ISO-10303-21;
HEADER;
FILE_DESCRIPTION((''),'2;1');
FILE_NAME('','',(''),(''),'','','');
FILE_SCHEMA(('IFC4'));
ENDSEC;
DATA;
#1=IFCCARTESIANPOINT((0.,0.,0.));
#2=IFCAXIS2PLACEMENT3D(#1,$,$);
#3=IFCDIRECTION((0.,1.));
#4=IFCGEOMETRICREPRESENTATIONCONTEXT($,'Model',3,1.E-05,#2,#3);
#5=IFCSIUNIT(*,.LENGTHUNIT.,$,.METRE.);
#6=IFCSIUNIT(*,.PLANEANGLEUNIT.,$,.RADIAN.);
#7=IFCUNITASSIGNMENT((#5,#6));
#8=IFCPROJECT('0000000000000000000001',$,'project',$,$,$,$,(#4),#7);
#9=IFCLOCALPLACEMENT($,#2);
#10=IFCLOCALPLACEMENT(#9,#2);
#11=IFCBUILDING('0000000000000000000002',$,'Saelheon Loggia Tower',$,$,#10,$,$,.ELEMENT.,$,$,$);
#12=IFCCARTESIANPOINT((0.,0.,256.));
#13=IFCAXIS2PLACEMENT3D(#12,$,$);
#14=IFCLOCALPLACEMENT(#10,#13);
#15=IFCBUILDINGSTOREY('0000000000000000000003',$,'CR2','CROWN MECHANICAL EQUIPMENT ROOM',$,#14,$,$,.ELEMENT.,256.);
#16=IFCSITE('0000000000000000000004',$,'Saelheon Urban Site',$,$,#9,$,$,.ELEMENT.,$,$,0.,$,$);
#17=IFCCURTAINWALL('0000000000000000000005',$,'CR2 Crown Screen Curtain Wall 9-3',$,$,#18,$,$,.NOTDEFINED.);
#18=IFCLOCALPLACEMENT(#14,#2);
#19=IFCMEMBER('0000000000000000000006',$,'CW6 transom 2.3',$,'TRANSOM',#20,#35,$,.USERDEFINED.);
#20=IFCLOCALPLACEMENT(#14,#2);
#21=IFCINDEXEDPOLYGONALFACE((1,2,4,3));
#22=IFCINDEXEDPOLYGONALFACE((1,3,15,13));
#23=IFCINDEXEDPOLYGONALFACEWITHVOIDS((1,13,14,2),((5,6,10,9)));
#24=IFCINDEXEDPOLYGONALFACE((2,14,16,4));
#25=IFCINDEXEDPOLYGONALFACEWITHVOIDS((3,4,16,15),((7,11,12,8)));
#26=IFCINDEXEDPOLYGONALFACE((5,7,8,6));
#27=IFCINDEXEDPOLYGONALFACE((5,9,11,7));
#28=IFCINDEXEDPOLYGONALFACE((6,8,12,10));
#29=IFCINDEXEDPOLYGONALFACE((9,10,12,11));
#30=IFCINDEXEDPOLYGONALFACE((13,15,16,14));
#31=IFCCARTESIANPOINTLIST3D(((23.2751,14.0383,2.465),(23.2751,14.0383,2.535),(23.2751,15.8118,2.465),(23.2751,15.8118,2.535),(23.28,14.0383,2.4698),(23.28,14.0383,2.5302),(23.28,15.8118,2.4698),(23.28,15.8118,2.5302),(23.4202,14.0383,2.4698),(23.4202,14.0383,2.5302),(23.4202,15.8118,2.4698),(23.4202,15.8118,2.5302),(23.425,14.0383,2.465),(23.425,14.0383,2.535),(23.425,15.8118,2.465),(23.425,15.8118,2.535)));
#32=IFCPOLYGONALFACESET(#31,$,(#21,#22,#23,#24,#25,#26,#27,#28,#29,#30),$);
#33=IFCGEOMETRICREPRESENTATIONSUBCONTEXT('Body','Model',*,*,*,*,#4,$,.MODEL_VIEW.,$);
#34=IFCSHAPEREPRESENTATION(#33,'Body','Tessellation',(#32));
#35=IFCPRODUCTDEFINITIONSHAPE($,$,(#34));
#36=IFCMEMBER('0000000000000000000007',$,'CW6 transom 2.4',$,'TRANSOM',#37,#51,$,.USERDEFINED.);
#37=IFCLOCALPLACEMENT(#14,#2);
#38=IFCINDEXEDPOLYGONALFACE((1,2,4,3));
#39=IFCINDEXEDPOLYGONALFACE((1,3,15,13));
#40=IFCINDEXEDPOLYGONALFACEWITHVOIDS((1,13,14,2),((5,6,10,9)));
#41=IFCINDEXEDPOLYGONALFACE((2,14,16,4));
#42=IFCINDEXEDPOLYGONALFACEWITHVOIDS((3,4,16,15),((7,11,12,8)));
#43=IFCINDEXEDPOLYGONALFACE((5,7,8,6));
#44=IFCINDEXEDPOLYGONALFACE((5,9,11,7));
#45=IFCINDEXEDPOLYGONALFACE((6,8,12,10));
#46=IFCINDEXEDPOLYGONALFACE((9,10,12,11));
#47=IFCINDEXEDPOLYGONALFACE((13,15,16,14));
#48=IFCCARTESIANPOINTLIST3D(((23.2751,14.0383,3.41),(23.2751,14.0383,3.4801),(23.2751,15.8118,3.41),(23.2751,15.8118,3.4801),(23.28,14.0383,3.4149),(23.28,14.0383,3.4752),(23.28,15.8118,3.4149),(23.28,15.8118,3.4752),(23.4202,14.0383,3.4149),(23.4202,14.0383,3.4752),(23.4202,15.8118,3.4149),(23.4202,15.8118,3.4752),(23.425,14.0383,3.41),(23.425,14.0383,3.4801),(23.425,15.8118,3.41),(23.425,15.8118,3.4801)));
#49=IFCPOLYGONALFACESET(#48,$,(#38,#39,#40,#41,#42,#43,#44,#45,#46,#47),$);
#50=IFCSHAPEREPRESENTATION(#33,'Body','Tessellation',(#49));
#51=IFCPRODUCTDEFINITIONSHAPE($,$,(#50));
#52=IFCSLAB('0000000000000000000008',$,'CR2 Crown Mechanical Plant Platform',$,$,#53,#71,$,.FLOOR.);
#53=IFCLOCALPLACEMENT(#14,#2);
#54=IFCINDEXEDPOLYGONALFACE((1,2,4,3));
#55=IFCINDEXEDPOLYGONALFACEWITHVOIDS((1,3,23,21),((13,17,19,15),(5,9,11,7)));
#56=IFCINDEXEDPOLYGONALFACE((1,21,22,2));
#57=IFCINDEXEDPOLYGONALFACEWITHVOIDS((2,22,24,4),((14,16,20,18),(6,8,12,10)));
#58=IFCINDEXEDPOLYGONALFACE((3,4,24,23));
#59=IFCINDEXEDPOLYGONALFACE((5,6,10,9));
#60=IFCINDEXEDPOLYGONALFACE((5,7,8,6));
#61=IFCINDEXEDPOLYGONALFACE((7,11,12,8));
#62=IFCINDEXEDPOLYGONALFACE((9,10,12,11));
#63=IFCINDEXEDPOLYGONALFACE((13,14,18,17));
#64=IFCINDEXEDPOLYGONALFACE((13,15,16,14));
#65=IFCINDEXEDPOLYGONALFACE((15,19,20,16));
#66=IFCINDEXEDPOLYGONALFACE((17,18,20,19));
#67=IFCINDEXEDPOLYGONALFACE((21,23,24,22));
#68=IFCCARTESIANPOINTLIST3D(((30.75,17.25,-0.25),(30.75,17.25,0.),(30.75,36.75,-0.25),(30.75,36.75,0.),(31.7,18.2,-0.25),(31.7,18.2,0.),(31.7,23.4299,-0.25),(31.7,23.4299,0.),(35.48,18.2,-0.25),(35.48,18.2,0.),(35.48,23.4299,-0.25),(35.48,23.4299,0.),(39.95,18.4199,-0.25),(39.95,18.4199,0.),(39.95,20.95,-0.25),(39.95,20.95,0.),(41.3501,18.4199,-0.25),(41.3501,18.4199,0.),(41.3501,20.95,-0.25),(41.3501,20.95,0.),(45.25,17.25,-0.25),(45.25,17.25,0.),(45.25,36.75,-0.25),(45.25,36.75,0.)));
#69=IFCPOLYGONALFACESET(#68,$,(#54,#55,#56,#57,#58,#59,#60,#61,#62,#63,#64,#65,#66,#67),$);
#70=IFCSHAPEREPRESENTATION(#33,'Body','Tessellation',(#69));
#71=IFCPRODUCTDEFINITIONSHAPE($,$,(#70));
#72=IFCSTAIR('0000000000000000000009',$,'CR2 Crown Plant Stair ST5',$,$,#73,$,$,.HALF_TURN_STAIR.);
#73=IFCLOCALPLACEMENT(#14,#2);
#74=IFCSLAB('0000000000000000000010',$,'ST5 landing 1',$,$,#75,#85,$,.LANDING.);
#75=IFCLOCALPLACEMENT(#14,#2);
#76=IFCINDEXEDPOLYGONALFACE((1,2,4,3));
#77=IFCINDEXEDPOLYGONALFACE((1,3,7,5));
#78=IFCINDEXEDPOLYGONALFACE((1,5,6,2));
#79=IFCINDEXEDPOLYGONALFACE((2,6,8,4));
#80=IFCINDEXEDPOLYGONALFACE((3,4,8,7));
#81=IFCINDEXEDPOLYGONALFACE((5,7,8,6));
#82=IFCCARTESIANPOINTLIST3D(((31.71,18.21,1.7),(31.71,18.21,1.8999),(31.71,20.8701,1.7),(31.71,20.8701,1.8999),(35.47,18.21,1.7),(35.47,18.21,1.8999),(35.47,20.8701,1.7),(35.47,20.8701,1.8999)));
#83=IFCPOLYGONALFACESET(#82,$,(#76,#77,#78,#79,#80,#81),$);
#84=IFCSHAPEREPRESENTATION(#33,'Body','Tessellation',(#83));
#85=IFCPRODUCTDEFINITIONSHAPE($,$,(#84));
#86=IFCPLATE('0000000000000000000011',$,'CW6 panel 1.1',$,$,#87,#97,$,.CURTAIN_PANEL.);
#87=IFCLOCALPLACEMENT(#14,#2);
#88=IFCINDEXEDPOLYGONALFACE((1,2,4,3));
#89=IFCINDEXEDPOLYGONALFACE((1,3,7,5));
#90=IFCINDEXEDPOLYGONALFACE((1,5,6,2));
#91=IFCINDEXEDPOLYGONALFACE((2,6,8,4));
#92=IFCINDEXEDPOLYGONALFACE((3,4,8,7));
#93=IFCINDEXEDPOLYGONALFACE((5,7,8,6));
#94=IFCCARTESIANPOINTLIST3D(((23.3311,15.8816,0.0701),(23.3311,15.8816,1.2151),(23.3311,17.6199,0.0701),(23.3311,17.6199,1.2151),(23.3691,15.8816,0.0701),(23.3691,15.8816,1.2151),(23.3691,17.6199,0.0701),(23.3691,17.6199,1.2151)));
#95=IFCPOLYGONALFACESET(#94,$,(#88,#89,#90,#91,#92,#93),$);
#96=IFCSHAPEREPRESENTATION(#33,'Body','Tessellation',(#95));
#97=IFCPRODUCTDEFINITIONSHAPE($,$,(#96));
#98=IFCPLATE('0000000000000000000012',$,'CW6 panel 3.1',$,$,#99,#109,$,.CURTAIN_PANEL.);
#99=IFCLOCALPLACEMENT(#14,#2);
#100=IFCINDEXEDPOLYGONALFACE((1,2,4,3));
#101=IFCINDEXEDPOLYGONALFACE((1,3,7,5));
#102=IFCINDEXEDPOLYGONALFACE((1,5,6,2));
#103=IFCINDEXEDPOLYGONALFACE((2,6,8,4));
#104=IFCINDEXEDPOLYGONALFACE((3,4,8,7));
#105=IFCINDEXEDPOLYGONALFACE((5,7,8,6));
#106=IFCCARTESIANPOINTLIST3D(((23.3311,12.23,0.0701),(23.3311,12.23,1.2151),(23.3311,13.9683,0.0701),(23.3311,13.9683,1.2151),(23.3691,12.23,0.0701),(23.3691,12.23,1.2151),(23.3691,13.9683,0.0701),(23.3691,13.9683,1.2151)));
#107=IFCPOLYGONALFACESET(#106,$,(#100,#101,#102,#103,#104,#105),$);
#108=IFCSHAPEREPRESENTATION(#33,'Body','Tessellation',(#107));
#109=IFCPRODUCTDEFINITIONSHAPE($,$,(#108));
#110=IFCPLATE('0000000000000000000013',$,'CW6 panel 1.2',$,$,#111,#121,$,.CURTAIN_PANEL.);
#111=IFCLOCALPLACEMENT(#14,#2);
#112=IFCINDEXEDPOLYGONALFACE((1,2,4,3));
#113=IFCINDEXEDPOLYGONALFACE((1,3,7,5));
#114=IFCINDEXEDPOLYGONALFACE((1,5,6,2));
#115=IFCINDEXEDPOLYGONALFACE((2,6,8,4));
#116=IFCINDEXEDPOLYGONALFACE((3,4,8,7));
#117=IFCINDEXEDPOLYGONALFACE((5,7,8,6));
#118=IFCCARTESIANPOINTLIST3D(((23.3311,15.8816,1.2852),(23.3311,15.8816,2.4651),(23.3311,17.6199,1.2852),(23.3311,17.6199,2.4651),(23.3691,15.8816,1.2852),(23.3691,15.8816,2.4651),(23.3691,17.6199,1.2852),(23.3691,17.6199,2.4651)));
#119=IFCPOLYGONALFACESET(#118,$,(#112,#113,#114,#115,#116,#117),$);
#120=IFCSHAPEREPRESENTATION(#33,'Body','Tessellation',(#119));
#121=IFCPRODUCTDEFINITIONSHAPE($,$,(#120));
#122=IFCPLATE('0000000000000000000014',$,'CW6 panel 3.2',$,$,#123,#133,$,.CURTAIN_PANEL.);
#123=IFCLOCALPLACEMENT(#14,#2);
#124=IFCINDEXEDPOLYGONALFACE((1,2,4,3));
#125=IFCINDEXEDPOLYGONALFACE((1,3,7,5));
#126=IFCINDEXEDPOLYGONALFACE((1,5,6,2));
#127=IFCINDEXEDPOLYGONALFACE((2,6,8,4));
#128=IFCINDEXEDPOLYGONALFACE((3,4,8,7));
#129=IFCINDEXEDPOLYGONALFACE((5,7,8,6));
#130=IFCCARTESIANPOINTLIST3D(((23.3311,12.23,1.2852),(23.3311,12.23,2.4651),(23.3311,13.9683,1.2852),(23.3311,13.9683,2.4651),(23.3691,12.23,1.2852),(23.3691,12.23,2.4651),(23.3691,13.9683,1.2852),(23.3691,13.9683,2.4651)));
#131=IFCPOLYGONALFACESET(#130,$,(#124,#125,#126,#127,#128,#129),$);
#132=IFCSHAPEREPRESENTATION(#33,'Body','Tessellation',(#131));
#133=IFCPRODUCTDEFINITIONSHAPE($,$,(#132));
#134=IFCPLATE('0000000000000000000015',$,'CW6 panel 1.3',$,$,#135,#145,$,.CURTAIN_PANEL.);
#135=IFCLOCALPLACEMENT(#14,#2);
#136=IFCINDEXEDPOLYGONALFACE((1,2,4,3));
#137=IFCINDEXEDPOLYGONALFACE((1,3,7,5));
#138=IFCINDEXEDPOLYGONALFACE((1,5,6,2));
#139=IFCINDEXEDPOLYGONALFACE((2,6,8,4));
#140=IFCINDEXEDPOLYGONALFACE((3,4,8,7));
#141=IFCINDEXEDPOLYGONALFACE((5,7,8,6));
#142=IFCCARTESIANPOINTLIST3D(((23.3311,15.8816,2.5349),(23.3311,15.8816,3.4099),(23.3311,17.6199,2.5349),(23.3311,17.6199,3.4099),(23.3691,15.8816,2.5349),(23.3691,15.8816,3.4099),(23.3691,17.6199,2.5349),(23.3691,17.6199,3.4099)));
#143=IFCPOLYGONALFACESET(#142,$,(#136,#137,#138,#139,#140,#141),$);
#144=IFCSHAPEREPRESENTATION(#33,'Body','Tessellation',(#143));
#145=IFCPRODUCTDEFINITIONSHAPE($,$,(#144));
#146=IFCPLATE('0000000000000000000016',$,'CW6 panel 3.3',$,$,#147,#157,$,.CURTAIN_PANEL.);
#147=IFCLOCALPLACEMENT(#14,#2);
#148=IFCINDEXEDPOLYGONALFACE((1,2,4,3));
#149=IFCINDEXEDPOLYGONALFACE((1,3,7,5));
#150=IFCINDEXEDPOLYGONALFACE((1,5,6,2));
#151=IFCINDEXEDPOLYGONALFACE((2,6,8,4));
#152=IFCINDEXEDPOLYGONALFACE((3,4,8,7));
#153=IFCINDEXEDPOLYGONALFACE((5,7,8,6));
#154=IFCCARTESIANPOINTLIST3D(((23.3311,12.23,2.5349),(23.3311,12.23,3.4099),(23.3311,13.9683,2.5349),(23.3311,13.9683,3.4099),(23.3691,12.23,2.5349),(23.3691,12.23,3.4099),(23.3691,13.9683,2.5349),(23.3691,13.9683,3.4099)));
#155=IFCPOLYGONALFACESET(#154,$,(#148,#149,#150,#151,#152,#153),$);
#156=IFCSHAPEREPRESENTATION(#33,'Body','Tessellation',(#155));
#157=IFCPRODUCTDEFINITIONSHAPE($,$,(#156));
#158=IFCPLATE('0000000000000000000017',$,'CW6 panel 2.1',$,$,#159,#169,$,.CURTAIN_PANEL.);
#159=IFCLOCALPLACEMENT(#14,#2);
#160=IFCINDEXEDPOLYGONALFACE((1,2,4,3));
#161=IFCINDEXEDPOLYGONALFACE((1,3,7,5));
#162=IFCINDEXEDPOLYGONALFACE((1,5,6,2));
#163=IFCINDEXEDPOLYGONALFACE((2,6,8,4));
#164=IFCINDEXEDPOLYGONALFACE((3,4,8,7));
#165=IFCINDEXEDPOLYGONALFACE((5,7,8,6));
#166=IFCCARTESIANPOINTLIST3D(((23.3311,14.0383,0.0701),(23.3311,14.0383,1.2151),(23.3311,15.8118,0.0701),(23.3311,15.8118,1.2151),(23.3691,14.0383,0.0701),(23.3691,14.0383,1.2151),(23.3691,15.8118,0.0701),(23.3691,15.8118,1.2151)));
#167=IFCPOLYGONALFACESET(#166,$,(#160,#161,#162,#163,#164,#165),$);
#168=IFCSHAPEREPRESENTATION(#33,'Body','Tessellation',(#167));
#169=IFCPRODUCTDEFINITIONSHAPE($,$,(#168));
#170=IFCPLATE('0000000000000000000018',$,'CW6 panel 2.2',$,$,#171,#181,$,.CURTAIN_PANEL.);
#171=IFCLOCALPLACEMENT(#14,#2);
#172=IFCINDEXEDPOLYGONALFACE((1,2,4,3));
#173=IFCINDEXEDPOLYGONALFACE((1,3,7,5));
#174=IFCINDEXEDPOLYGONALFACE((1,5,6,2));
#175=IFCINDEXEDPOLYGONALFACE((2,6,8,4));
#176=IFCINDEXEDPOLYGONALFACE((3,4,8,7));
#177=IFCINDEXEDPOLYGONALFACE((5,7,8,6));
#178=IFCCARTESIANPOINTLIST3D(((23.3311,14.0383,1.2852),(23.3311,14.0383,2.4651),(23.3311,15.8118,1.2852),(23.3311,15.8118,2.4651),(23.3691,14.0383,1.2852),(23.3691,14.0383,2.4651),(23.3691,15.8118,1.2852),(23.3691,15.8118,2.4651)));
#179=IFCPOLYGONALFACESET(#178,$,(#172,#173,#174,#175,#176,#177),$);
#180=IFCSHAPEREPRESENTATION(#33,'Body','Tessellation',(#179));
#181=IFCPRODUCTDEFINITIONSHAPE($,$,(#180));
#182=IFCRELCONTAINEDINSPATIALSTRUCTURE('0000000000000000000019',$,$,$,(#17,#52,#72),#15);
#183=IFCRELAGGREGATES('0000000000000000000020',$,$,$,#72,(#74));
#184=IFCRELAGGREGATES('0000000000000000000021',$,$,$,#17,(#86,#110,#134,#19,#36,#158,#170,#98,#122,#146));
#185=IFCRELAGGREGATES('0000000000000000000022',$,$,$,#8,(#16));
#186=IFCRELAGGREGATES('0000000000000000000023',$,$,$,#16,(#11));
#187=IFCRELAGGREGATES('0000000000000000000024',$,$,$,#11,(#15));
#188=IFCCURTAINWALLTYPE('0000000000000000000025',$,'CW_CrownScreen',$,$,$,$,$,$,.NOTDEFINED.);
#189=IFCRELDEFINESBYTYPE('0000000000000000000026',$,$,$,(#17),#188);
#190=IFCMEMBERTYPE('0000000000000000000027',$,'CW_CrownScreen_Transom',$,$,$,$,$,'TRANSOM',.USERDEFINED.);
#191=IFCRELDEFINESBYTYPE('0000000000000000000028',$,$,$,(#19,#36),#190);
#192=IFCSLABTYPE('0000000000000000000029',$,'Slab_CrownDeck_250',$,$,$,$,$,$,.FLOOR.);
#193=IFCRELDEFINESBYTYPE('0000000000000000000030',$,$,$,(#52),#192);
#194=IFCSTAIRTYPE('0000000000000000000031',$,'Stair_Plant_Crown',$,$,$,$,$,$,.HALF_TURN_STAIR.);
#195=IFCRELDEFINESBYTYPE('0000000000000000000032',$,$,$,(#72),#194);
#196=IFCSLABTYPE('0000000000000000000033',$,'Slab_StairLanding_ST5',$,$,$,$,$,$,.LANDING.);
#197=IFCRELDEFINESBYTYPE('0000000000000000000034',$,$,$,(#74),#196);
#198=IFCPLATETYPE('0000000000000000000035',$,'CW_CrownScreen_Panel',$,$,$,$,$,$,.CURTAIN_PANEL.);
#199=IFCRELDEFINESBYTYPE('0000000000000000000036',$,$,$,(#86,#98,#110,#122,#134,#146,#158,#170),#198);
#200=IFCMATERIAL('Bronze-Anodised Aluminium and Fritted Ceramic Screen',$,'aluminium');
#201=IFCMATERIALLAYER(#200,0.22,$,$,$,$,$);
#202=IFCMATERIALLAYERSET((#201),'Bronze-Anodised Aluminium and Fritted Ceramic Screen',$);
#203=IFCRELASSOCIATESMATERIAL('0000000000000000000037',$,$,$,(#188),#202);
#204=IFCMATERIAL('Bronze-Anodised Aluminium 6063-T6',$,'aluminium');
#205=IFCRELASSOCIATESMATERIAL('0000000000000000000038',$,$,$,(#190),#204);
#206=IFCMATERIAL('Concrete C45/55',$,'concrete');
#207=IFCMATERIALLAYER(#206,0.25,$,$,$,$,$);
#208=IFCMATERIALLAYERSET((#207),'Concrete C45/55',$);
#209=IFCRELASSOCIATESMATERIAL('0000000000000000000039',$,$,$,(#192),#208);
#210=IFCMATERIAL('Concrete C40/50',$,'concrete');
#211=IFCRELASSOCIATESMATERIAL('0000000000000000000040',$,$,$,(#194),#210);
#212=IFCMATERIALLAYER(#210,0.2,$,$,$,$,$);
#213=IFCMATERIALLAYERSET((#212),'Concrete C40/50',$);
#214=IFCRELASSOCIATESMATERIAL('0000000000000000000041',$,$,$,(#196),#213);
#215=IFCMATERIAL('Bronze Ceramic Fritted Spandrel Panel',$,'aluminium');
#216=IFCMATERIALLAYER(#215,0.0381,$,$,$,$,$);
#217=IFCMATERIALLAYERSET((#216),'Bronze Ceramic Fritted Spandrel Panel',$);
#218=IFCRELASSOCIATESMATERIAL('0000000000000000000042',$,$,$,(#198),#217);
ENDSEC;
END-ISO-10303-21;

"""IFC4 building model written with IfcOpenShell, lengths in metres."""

from ifc_helpers import new_model, si_unit, direction, frame, origin, origin_2d, place, context, subcontext, project, spatial, polyline, rectangle, hollow_rectangle, outline, extrude, source, transform, mapped, material, layer, layer_set, material_profile, profile_set, type_object, element, aggregate, save


model = new_model("IFC4")

# Units and contexts
model_context = context("Model", 3, precision=1e-05, world=origin(), true_north=direction((0.0, 1.0)))
body_context = subcontext(model_context, "Body", "Model", "MODEL_VIEW")
ifc_project = project(units=[si_unit("LENGTHUNIT", "METRE"), si_unit("PLANEANGLEUNIT", "RADIAN")], contexts=[model_context])

# Site, building, storey
site_placement = place(None, origin())
site = spatial("IfcSite", under=ifc_project, at=site_placement, Name="Saelheon Urban Site", CompositionType="ELEMENT", RefElevation=0.0)
building_placement = place(site_placement, origin())
building = spatial("IfcBuilding", under=site, at=building_placement, Name="Saelheon Loggia Tower", CompositionType="ELEMENT")
storey_placement = place(building_placement, frame((0.0, 0.0, 256.0)))
storey = spatial("IfcBuildingStorey", under=building, at=storey_placement, Name="CR2", Description="CROWN MECHANICAL EQUIPMENT ROOM", CompositionType="ELEMENT", Elevation=256.0)

# Curtain wall, members
ifc_material_1 = material(Name="Bronze-Anodised Aluminium and Fritted Ceramic Screen", Category="aluminium")
ifc_layer_1 = layer(ifc_material_1, 0.22)
ifc_layer_set_1 = layer_set([ifc_layer_1], Name="Bronze-Anodised Aluminium and Fritted Ceramic Screen")
curtain_wall_type = type_object("IfcCurtainWallType", Name="CW_CrownScreen", PredefinedType="NOTDEFINED", material=ifc_layer_set_1)
curtain_wall_placement = place(storey_placement, origin())
curtain_wall = element("IfcCurtainWall", 1, at=curtain_wall_placement, inside=storey, type_object=curtain_wall_type, Name="CR2 Crown Screen Curtain Wall 9-3", PredefinedType="NOTDEFINED")
ifc_material_2 = material(Name="Bronze-Anodised Aluminium 6063-T6", Category="aluminium")
ifc_material_profile_1 = material_profile(ifc_material_2, hollow_rectangle(XDim=0.0701, YDim=0.1499, WallThickness=0.0049, at=origin_2d()), Name="RHS-150x70x5")
ifc_profile_set_1 = profile_set([ifc_material_profile_1], Name="Bronze-Anodised Aluminium 6063-T6")
member_type_1 = type_object("IfcMemberType", Name="CW_CrownScreen_Transom", ElementType="TRANSOM", PredefinedType="USERDEFINED", material=ifc_profile_set_1)
shared_shape_1 = source(origin(), body_context, "Body", "SweptSolid", [
    extrude(hollow_rectangle(XDim=0.0701, YDim=0.1499, WallThickness=0.0049, at=origin_2d()), origin(), (0.0, 0.0, 1.0), 1.7734),
])
member_1_placement = place(storey_placement, frame((23.3501, 15.8118, 2.5), z_axis=(0.0, -1.0, 0.0), x_axis=(0.0, 0.0, 1.0)))
member_1 = element("IfcMember", 2, at=member_1_placement, type_object=member_type_1, Name="CW6 transom 2.3", ObjectType="TRANSOM", PredefinedType="USERDEFINED", context=body_context, shape_type="MappedRepresentation", body=[
    mapped(shared_shape_1, transform((0.0, 0.0, 0.0), scale=1.0)),
])
member_2_placement = place(storey_placement, frame((23.3501, 15.8118, 3.4451), z_axis=(0.0, -1.0, 0.0), x_axis=(0.0, 0.0, 1.0)))
member_2 = element("IfcMember", 3, at=member_2_placement, type_object=member_type_1, Name="CW6 transom 2.4", ObjectType="TRANSOM", PredefinedType="USERDEFINED", context=body_context, shape_type="MappedRepresentation", body=[
    mapped(shared_shape_1, transform((0.0, 0.0, 0.0), scale=1.0)),
])

# Slab
ifc_material_3 = material(Name="Concrete C45/55", Category="concrete")
ifc_layer_2 = layer(ifc_material_3, 0.25)
ifc_layer_set_2 = layer_set([ifc_layer_2], Name="Concrete C45/55")
slab_type_1 = type_object("IfcSlabType", Name="Slab_CrownDeck_250", PredefinedType="FLOOR", material=ifc_layer_set_2)
slab_1_placement = place(storey_placement, frame((0.0, 0.0, -0.25)))
element("IfcSlab", 4, at=slab_1_placement, inside=storey, type_object=slab_type_1, Name="CR2 Crown Mechanical Plant Platform", PredefinedType="FLOOR", context=body_context, shape_type="SweptSolid", body=[
    extrude(outline(polyline([(30.75, 17.25), (45.25, 17.25), (45.25, 36.75), (30.75, 36.75), (30.75, 17.25)]), holes=[polyline([(31.7, 23.4299), (31.7, 18.2), (35.48, 18.2), (35.48, 23.4299), (31.7, 23.4299)]), polyline([(39.95, 18.4199), (41.3501, 18.4199), (41.3501, 20.95), (39.95, 20.95), (39.95, 18.4199)])]), origin(), (0.0, 0.0, 1.0), 0.25),
])

# Stair, slab
ifc_material_4 = material(Name="Concrete C40/50", Category="concrete")
stair_type = type_object("IfcStairType", Name="Stair_Plant_Crown", PredefinedType="HALF_TURN_STAIR", material=ifc_material_4)
stair_placement = place(storey_placement, origin())
stair = element("IfcStair", 5, at=stair_placement, inside=storey, type_object=stair_type, Name="CR2 Crown Plant Stair ST5", PredefinedType="HALF_TURN_STAIR")
ifc_layer_3 = layer(ifc_material_4, 0.2)
ifc_layer_set_3 = layer_set([ifc_layer_3], Name="Concrete C40/50")
slab_type_2 = type_object("IfcSlabType", Name="Slab_StairLanding_ST5", PredefinedType="LANDING", material=ifc_layer_set_3)
slab_2_placement = place(storey_placement, frame((0.0, 0.0, 1.7)))
slab_2 = element("IfcSlab", 6, at=slab_2_placement, type_object=slab_type_2, Name="ST5 landing 1", PredefinedType="LANDING", context=body_context, shape_type="SweptSolid", body=[
    extrude(outline(polyline([(31.71, 20.8701), (31.71, 18.21), (35.47, 18.21), (35.47, 20.8701), (31.71, 20.8701)])), origin(), (0.0, 0.0, 1.0), 0.2),
])
aggregate(stair, [slab_2])

# Plates
ifc_material_5 = material(Name="Bronze Ceramic Fritted Spandrel Panel", Category="aluminium")
ifc_layer_4 = layer(ifc_material_5, 0.0381)
ifc_layer_set_4 = layer_set([ifc_layer_4], Name="Bronze Ceramic Fritted Spandrel Panel")
plate_type = type_object("IfcPlateType", Name="CW_CrownScreen_Panel", PredefinedType="CURTAIN_PANEL", material=ifc_layer_set_4)
shared_shape_2 = source(origin(), body_context, "Body", "SweptSolid", [
    extrude(rectangle(XDim=1.7383, YDim=0.0381, at=origin_2d()), origin(), (0.0, 0.0, 1.0), 1.145),
])
plate_1_placement = place(storey_placement, frame((23.3501, 16.7507, 0.0701), z_axis=(0.0, 0.0, 1.0), x_axis=(0.0, -1.0, 0.0)))
plate_1 = element("IfcPlate", 7, at=plate_1_placement, type_object=plate_type, Name="CW6 panel 1.1", PredefinedType="CURTAIN_PANEL", context=body_context, shape_type="MappedRepresentation", body=[
    mapped(shared_shape_2, transform((0.0, 0.0, 0.0), scale=1.0)),
])
plate_2_placement = place(storey_placement, frame((23.3501, 13.0991, 0.0701), z_axis=(0.0, 0.0, 1.0), x_axis=(0.0, -1.0, 0.0)))
plate_2 = element("IfcPlate", 8, at=plate_2_placement, type_object=plate_type, Name="CW6 panel 3.1", PredefinedType="CURTAIN_PANEL", context=body_context, shape_type="MappedRepresentation", body=[
    mapped(shared_shape_2, transform((0.0, 0.0, 0.0), scale=1.0)),
])
shared_shape_3 = source(origin(), body_context, "Body", "SweptSolid", [
    extrude(rectangle(XDim=1.7383, YDim=0.0381, at=origin_2d()), origin(), (0.0, 0.0, 1.0), 1.1799),
])
plate_3_placement = place(storey_placement, frame((23.3501, 16.7507, 1.2852), z_axis=(0.0, 0.0, 1.0), x_axis=(0.0, -1.0, 0.0)))
plate_3 = element("IfcPlate", 9, at=plate_3_placement, type_object=plate_type, Name="CW6 panel 1.2", PredefinedType="CURTAIN_PANEL", context=body_context, shape_type="MappedRepresentation", body=[
    mapped(shared_shape_3, transform((0.0, 0.0, 0.0), scale=1.0)),
])
plate_4_placement = place(storey_placement, frame((23.3501, 13.0991, 1.2852), z_axis=(0.0, 0.0, 1.0), x_axis=(0.0, -1.0, 0.0)))
plate_4 = element("IfcPlate", 10, at=plate_4_placement, type_object=plate_type, Name="CW6 panel 3.2", PredefinedType="CURTAIN_PANEL", context=body_context, shape_type="MappedRepresentation", body=[
    mapped(shared_shape_3, transform((0.0, 0.0, 0.0), scale=1.0)),
])
shared_shape_4 = source(origin(), body_context, "Body", "SweptSolid", [
    extrude(rectangle(XDim=1.7383, YDim=0.0381, at=origin_2d()), origin(), (0.0, 0.0, 1.0), 0.875),
])
plate_5_placement = place(storey_placement, frame((23.3501, 16.7507, 2.5349), z_axis=(0.0, 0.0, 1.0), x_axis=(0.0, -1.0, 0.0)))
plate_5 = element("IfcPlate", 11, at=plate_5_placement, type_object=plate_type, Name="CW6 panel 1.3", PredefinedType="CURTAIN_PANEL", context=body_context, shape_type="MappedRepresentation", body=[
    mapped(shared_shape_4, transform((0.0, 0.0, 0.0), scale=1.0)),
])
plate_6_placement = place(storey_placement, frame((23.3501, 13.0991, 2.5349), z_axis=(0.0, 0.0, 1.0), x_axis=(0.0, -1.0, 0.0)))
plate_6 = element("IfcPlate", 12, at=plate_6_placement, type_object=plate_type, Name="CW6 panel 3.3", PredefinedType="CURTAIN_PANEL", context=body_context, shape_type="MappedRepresentation", body=[
    mapped(shared_shape_4, transform((0.0, 0.0, 0.0), scale=1.0)),
])
shared_shape_5 = source(origin(), body_context, "Body", "SweptSolid", [
    extrude(rectangle(XDim=1.7734, YDim=0.0381, at=origin_2d()), origin(), (0.0, 0.0, 1.0), 1.145),
])
plate_7_placement = place(storey_placement, frame((23.3501, 14.925, 0.0701), z_axis=(0.0, 0.0, 1.0), x_axis=(0.0, -1.0, 0.0)))
plate_7 = element("IfcPlate", 13, at=plate_7_placement, type_object=plate_type, Name="CW6 panel 2.1", PredefinedType="CURTAIN_PANEL", context=body_context, shape_type="MappedRepresentation", body=[
    mapped(shared_shape_5, transform((0.0, 0.0, 0.0), scale=1.0)),
])
shared_shape_6 = source(origin(), body_context, "Body", "SweptSolid", [
    extrude(rectangle(XDim=1.7734, YDim=0.0381, at=origin_2d()), origin(), (0.0, 0.0, 1.0), 1.1799),
])
plate_8_placement = place(storey_placement, frame((23.3501, 14.925, 1.2852), z_axis=(0.0, 0.0, 1.0), x_axis=(0.0, -1.0, 0.0)))
plate_8 = element("IfcPlate", 14, at=plate_8_placement, type_object=plate_type, Name="CW6 panel 2.2", PredefinedType="CURTAIN_PANEL", context=body_context, shape_type="MappedRepresentation", body=[
    mapped(shared_shape_6, transform((0.0, 0.0, 0.0), scale=1.0)),
])
aggregate(curtain_wall, [plate_1, plate_3, plate_5, member_1, member_2, plate_7, plate_8, plate_2, plate_4, plate_6])

save(model, "model.ifc")
